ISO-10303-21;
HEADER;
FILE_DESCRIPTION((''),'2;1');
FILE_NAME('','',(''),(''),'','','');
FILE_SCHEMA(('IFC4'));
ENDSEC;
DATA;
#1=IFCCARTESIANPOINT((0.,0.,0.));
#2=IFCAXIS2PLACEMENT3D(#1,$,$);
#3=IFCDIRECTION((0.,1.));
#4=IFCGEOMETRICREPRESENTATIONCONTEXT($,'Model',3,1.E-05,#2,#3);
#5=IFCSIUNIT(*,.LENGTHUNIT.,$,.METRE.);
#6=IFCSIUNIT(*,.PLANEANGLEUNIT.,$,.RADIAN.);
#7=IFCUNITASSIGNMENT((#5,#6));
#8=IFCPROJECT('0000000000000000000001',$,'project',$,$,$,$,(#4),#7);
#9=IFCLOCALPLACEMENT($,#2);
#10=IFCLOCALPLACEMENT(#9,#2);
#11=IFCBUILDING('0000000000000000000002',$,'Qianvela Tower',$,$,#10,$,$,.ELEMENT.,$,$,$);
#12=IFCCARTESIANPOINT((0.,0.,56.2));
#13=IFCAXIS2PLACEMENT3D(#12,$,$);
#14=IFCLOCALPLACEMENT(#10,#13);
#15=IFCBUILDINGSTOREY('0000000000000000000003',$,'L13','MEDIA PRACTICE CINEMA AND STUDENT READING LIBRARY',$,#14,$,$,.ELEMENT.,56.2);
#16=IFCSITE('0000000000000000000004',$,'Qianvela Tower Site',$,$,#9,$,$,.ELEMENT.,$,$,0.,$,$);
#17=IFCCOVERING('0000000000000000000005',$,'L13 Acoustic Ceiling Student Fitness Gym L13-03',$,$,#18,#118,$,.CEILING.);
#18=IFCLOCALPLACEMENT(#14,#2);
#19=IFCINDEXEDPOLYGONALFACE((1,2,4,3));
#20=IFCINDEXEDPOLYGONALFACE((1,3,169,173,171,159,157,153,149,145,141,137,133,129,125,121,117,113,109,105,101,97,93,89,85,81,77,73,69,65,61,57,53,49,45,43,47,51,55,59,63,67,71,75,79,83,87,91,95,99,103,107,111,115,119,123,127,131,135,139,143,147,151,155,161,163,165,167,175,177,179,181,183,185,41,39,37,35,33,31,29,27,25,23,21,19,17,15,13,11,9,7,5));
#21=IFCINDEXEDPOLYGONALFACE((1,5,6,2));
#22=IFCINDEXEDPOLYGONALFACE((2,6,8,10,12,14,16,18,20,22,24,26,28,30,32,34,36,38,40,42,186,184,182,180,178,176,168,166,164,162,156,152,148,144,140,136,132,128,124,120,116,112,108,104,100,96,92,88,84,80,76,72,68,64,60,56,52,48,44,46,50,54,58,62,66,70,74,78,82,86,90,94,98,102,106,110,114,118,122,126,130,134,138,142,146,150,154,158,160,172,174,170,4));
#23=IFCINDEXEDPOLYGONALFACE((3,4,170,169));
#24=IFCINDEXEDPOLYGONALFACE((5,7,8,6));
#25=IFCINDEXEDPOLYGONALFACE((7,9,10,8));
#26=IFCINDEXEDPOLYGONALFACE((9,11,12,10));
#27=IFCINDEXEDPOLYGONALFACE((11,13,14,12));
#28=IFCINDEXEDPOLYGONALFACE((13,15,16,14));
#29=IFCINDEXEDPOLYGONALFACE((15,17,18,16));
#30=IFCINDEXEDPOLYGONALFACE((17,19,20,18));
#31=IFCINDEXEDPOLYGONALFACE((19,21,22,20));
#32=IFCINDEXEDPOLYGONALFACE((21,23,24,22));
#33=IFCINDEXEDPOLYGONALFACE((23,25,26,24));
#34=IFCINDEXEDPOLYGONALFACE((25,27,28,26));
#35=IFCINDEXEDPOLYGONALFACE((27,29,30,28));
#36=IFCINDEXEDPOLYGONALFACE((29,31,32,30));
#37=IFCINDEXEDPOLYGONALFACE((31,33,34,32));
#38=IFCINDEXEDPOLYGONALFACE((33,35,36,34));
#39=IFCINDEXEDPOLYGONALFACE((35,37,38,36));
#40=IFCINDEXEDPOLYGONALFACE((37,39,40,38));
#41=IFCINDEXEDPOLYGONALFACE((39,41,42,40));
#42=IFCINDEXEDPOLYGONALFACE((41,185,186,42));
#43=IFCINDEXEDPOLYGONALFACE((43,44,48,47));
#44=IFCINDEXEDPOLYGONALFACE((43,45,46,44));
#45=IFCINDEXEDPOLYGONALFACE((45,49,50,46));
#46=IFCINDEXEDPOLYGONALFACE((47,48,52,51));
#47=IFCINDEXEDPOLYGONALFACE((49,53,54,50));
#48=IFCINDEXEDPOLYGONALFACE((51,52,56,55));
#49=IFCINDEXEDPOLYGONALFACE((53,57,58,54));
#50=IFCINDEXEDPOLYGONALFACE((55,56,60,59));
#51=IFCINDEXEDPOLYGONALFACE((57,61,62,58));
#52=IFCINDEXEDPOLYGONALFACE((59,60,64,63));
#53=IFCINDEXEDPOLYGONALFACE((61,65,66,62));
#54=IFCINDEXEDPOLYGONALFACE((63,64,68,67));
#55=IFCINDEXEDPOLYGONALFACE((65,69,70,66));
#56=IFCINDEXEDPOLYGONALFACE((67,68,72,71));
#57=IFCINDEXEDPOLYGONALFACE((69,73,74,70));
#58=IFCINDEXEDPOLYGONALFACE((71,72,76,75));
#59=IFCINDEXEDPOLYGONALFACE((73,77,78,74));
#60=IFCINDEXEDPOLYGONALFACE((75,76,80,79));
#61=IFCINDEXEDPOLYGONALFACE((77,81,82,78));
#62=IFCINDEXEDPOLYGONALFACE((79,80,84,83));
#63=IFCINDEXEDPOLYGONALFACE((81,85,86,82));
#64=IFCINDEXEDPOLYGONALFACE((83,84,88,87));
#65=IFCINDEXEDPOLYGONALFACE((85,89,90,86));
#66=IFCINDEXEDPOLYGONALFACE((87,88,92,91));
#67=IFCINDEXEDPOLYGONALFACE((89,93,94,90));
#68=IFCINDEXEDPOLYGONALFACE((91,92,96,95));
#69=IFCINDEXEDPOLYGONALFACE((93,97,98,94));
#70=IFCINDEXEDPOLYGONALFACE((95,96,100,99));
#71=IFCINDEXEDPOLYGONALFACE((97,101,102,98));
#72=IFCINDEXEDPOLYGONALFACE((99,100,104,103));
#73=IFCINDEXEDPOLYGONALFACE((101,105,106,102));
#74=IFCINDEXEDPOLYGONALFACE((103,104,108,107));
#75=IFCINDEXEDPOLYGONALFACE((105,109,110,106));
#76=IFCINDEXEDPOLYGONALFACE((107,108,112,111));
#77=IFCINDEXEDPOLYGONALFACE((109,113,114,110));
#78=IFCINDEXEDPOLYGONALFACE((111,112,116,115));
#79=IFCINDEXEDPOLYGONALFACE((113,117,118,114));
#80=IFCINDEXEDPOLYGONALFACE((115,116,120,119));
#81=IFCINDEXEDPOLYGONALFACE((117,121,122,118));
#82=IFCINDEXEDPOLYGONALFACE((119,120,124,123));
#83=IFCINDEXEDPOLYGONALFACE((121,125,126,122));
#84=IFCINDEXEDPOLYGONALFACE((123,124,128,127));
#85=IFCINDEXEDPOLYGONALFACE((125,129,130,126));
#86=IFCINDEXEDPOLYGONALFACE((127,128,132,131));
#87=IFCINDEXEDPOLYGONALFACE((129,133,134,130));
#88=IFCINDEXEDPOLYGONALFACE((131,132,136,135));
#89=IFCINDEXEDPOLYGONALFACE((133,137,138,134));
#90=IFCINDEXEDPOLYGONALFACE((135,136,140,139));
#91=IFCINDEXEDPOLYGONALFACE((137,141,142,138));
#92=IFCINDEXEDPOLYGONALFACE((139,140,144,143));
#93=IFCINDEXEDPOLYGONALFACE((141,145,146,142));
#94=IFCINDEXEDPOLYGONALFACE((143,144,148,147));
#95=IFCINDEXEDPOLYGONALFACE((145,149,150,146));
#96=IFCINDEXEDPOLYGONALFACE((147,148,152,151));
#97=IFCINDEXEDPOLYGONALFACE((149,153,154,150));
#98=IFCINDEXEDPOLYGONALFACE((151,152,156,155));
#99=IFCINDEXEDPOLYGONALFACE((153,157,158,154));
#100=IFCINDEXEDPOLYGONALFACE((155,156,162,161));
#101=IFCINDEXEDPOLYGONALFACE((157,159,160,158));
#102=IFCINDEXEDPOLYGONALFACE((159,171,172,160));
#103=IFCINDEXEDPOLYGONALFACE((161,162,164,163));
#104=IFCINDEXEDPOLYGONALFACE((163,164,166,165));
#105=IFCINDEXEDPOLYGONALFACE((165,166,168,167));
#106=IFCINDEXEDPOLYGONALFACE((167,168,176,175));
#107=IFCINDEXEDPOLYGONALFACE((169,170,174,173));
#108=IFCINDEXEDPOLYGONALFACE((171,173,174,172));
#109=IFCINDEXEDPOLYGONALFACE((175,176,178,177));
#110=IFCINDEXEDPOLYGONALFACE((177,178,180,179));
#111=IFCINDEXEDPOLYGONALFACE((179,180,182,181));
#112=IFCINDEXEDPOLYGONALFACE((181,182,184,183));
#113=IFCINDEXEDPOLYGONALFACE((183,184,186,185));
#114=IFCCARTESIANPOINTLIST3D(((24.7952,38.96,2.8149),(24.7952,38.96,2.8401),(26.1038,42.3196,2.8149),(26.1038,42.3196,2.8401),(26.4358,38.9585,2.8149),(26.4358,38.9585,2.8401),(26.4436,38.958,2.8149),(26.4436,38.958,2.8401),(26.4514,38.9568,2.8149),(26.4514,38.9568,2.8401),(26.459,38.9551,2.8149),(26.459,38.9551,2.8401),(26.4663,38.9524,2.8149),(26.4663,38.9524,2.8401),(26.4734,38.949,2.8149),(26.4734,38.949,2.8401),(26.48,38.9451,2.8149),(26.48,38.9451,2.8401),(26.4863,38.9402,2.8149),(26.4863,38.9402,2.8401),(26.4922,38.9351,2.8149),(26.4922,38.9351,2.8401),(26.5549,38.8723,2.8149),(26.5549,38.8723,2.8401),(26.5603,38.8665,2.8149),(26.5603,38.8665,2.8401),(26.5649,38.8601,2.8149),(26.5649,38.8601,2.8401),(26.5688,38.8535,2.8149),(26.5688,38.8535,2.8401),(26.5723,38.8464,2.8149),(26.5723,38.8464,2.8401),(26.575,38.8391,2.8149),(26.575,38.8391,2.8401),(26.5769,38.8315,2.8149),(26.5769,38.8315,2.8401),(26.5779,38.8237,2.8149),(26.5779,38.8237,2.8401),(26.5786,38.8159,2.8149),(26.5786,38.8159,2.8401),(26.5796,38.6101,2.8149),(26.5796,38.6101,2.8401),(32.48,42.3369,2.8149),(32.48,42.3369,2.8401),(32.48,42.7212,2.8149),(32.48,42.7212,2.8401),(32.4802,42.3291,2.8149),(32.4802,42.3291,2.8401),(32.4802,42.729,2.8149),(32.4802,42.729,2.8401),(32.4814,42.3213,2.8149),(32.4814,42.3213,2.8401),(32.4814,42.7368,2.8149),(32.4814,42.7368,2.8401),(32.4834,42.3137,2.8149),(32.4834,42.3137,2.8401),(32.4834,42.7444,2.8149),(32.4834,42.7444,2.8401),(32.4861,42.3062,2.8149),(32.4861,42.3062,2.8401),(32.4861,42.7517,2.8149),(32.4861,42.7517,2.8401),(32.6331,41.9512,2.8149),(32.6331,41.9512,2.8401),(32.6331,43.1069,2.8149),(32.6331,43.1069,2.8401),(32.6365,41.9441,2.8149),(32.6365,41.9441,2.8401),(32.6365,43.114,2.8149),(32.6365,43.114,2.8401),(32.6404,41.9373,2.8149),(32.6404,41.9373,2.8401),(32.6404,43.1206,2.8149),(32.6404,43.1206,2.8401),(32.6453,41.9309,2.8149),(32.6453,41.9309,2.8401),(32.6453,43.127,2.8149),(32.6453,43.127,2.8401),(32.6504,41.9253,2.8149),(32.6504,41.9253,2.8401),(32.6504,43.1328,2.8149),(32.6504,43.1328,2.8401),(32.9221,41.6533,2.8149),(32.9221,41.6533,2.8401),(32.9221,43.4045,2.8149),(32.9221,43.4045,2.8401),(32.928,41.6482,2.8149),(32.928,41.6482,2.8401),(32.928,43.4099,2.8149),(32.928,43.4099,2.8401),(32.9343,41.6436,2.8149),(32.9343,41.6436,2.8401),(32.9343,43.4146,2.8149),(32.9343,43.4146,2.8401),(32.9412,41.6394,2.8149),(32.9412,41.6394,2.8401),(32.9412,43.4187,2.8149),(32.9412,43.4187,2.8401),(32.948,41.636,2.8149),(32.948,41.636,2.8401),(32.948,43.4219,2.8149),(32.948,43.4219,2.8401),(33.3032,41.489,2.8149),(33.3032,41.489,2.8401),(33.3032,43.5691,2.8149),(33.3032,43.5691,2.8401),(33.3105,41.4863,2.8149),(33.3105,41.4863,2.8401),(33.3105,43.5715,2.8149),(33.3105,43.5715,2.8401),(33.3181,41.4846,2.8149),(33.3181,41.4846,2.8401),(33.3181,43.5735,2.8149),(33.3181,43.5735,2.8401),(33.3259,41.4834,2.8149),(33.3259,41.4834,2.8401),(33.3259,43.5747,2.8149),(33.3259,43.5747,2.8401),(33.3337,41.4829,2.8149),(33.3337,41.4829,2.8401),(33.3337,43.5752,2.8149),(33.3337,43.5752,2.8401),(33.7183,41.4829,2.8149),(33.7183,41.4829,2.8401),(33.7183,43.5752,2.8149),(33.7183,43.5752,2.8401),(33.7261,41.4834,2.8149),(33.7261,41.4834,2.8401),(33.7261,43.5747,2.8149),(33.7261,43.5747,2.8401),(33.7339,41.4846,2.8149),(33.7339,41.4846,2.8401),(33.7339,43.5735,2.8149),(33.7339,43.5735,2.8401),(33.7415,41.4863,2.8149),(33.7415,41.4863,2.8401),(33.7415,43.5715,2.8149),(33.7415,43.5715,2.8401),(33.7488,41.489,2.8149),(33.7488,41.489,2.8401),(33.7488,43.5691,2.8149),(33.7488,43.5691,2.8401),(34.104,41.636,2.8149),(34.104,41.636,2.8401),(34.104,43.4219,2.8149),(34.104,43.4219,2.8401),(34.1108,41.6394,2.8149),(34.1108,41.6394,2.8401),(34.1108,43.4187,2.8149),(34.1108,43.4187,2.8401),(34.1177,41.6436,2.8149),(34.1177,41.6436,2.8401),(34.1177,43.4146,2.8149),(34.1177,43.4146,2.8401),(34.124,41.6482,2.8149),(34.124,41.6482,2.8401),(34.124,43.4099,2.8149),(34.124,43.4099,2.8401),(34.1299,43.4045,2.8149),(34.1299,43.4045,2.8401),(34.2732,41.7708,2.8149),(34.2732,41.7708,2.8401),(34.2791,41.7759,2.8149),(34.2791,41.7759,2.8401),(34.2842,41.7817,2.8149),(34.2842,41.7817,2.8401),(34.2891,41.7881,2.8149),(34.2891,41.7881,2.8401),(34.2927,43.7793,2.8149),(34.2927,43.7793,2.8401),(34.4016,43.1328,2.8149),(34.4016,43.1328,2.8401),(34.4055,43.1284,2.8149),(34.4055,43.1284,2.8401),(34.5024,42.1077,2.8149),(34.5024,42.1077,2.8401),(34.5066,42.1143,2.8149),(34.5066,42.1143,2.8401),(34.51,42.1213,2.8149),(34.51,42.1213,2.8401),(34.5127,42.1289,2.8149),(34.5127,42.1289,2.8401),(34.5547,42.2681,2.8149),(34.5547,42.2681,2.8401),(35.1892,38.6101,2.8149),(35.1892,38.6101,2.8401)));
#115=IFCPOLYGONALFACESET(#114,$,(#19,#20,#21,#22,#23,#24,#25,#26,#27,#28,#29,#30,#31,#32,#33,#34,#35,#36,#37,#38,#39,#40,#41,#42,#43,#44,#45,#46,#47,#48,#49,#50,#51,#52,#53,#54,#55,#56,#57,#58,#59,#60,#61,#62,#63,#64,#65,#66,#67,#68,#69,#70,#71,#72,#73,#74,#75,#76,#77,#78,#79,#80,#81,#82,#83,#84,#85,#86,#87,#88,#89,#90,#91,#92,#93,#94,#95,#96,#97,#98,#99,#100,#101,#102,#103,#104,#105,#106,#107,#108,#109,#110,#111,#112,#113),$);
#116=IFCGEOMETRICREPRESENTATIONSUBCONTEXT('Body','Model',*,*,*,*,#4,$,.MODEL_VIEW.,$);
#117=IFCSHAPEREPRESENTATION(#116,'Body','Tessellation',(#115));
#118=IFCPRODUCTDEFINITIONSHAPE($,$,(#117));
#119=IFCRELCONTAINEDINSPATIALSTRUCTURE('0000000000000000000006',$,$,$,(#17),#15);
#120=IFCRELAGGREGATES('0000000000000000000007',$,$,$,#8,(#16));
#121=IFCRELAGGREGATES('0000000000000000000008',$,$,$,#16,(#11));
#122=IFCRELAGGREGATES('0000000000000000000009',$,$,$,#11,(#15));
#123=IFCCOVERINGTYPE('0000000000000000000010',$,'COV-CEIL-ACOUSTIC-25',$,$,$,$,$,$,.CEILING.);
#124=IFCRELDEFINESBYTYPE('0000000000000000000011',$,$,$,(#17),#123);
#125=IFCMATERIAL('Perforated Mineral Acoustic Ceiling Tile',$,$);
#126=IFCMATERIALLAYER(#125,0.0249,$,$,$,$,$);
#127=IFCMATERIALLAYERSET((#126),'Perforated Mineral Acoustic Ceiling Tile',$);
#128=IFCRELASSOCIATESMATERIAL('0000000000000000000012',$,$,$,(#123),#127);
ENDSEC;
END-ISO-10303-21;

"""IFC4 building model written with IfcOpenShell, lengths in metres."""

from ifc_helpers import new_model, si_unit, direction, frame, origin, place, context, subcontext, project, spatial, polyline, outline, extrude, material, layer, layer_set, type_object, element, save


model = new_model("IFC4")

# Units and contexts
model_context = context("Model", 3, precision=1e-05, world=origin(), true_north=direction((0.0, 1.0)))
body_context = subcontext(model_context, "Body", "Model", "MODEL_VIEW")
ifc_project = project(units=[si_unit("LENGTHUNIT", "METRE"), si_unit("PLANEANGLEUNIT", "RADIAN")], contexts=[model_context])

# Site, building, storey
site_placement = place(None, origin())
site = spatial("IfcSite", under=ifc_project, at=site_placement, Name="Qianvela Tower Site", CompositionType="ELEMENT", RefElevation=0.0)
building_placement = place(site_placement, origin())
building = spatial("IfcBuilding", under=site, at=building_placement, Name="Qianvela Tower", CompositionType="ELEMENT")
storey_placement = place(building_placement, frame((0.0, 0.0, 56.2)))
storey = spatial("IfcBuildingStorey", under=building, at=storey_placement, Name="L13", Description="MEDIA PRACTICE CINEMA AND STUDENT READING LIBRARY", CompositionType="ELEMENT", Elevation=56.2)

# Covering
ifc_material_1 = material(Name="Perforated Mineral Acoustic Ceiling Tile")
ifc_layer_1 = layer(ifc_material_1, 0.0249)
ifc_layer_set_1 = layer_set([ifc_layer_1], Name="Perforated Mineral Acoustic Ceiling Tile")
covering_type_1 = type_object("IfcCoveringType", Name="COV-CEIL-ACOUSTIC-25", PredefinedType="CEILING", material=ifc_layer_set_1)
covering_1_placement = place(storey_placement, frame((0.0, 0.0, 2.8149)))
element("IfcCovering", 1, at=covering_1_placement, inside=storey, type_object=covering_type_1, Name="L13 Acoustic Ceiling Student Fitness Gym L13-03", PredefinedType="CEILING", context=body_context, shape_type="SweptSolid", body=[
    extrude(outline(polyline([(24.7952, 38.96), (26.1038, 42.3196), (34.2927, 43.7793), (34.4055, 43.1284), (34.4016, 43.1328), (34.1299, 43.4045), (34.124, 43.4099), (34.1177, 43.4146), (34.1108, 43.4187), (34.104, 43.4219), (33.7488, 43.5691), (33.7415, 43.5715), (33.7339, 43.5735), (33.7261, 43.5747), (33.7183, 43.5752), (33.3337, 43.5752), (33.3259, 43.5747), (33.3181, 43.5735), (33.3105, 43.5715), (33.3032, 43.5691), (32.948, 43.4219), (32.9412, 43.4187), (32.9343, 43.4146), (32.928, 43.4099), (32.9221, 43.4045), (32.6504, 43.1328), (32.6453, 43.127), (32.6404, 43.1206), (32.6365, 43.114), (32.6331, 43.1069), (32.4861, 42.7517), (32.4834, 42.7444), (32.4814, 42.7368), (32.4802, 42.729), (32.48, 42.7212), (32.48, 42.3369), (32.4802, 42.3291), (32.4814, 42.3213), (32.4834, 42.3137), (32.4861, 42.3062), (32.6331, 41.9512), (32.6365, 41.9441), (32.6404, 41.9373), (32.6453, 41.9309), (32.6504, 41.9253), (32.9221, 41.6533), (32.928, 41.6482), (32.9343, 41.6436), (32.9412, 41.6394), (32.948, 41.636), (33.3032, 41.489), (33.3105, 41.4863), (33.3181, 41.4846), (33.3259, 41.4834), (33.3337, 41.4829), (33.7183, 41.4829), (33.7261, 41.4834), (33.7339, 41.4846), (33.7415, 41.4863), (33.7488, 41.489), (34.104, 41.636), (34.1108, 41.6394), (34.1177, 41.6436), (34.124, 41.6482), (34.2732, 41.7708), (34.2791, 41.7759), (34.2842, 41.7817), (34.2891, 41.7881), (34.5024, 42.1077), (34.5066, 42.1143), (34.51, 42.1213), (34.5127, 42.1289), (34.5547, 42.2681), (35.1892, 38.6101), (26.5796, 38.6101), (26.5786, 38.8159), (26.5779, 38.8237), (26.5769, 38.8315), (26.575, 38.8391), (26.5723, 38.8464), (26.5688, 38.8535), (26.5649, 38.8601), (26.5603, 38.8665), (26.5549, 38.8723), (26.4922, 38.9351), (26.4863, 38.9402), (26.48, 38.9451), (26.4734, 38.949), (26.4663, 38.9524), (26.459, 38.9551), (26.4514, 38.9568), (26.4436, 38.958), (26.4358, 38.9585), (24.7952, 38.96)])), origin(), (0.0, 0.0, 1.0), 0.0251),
])

save(model, "model.ifc")
